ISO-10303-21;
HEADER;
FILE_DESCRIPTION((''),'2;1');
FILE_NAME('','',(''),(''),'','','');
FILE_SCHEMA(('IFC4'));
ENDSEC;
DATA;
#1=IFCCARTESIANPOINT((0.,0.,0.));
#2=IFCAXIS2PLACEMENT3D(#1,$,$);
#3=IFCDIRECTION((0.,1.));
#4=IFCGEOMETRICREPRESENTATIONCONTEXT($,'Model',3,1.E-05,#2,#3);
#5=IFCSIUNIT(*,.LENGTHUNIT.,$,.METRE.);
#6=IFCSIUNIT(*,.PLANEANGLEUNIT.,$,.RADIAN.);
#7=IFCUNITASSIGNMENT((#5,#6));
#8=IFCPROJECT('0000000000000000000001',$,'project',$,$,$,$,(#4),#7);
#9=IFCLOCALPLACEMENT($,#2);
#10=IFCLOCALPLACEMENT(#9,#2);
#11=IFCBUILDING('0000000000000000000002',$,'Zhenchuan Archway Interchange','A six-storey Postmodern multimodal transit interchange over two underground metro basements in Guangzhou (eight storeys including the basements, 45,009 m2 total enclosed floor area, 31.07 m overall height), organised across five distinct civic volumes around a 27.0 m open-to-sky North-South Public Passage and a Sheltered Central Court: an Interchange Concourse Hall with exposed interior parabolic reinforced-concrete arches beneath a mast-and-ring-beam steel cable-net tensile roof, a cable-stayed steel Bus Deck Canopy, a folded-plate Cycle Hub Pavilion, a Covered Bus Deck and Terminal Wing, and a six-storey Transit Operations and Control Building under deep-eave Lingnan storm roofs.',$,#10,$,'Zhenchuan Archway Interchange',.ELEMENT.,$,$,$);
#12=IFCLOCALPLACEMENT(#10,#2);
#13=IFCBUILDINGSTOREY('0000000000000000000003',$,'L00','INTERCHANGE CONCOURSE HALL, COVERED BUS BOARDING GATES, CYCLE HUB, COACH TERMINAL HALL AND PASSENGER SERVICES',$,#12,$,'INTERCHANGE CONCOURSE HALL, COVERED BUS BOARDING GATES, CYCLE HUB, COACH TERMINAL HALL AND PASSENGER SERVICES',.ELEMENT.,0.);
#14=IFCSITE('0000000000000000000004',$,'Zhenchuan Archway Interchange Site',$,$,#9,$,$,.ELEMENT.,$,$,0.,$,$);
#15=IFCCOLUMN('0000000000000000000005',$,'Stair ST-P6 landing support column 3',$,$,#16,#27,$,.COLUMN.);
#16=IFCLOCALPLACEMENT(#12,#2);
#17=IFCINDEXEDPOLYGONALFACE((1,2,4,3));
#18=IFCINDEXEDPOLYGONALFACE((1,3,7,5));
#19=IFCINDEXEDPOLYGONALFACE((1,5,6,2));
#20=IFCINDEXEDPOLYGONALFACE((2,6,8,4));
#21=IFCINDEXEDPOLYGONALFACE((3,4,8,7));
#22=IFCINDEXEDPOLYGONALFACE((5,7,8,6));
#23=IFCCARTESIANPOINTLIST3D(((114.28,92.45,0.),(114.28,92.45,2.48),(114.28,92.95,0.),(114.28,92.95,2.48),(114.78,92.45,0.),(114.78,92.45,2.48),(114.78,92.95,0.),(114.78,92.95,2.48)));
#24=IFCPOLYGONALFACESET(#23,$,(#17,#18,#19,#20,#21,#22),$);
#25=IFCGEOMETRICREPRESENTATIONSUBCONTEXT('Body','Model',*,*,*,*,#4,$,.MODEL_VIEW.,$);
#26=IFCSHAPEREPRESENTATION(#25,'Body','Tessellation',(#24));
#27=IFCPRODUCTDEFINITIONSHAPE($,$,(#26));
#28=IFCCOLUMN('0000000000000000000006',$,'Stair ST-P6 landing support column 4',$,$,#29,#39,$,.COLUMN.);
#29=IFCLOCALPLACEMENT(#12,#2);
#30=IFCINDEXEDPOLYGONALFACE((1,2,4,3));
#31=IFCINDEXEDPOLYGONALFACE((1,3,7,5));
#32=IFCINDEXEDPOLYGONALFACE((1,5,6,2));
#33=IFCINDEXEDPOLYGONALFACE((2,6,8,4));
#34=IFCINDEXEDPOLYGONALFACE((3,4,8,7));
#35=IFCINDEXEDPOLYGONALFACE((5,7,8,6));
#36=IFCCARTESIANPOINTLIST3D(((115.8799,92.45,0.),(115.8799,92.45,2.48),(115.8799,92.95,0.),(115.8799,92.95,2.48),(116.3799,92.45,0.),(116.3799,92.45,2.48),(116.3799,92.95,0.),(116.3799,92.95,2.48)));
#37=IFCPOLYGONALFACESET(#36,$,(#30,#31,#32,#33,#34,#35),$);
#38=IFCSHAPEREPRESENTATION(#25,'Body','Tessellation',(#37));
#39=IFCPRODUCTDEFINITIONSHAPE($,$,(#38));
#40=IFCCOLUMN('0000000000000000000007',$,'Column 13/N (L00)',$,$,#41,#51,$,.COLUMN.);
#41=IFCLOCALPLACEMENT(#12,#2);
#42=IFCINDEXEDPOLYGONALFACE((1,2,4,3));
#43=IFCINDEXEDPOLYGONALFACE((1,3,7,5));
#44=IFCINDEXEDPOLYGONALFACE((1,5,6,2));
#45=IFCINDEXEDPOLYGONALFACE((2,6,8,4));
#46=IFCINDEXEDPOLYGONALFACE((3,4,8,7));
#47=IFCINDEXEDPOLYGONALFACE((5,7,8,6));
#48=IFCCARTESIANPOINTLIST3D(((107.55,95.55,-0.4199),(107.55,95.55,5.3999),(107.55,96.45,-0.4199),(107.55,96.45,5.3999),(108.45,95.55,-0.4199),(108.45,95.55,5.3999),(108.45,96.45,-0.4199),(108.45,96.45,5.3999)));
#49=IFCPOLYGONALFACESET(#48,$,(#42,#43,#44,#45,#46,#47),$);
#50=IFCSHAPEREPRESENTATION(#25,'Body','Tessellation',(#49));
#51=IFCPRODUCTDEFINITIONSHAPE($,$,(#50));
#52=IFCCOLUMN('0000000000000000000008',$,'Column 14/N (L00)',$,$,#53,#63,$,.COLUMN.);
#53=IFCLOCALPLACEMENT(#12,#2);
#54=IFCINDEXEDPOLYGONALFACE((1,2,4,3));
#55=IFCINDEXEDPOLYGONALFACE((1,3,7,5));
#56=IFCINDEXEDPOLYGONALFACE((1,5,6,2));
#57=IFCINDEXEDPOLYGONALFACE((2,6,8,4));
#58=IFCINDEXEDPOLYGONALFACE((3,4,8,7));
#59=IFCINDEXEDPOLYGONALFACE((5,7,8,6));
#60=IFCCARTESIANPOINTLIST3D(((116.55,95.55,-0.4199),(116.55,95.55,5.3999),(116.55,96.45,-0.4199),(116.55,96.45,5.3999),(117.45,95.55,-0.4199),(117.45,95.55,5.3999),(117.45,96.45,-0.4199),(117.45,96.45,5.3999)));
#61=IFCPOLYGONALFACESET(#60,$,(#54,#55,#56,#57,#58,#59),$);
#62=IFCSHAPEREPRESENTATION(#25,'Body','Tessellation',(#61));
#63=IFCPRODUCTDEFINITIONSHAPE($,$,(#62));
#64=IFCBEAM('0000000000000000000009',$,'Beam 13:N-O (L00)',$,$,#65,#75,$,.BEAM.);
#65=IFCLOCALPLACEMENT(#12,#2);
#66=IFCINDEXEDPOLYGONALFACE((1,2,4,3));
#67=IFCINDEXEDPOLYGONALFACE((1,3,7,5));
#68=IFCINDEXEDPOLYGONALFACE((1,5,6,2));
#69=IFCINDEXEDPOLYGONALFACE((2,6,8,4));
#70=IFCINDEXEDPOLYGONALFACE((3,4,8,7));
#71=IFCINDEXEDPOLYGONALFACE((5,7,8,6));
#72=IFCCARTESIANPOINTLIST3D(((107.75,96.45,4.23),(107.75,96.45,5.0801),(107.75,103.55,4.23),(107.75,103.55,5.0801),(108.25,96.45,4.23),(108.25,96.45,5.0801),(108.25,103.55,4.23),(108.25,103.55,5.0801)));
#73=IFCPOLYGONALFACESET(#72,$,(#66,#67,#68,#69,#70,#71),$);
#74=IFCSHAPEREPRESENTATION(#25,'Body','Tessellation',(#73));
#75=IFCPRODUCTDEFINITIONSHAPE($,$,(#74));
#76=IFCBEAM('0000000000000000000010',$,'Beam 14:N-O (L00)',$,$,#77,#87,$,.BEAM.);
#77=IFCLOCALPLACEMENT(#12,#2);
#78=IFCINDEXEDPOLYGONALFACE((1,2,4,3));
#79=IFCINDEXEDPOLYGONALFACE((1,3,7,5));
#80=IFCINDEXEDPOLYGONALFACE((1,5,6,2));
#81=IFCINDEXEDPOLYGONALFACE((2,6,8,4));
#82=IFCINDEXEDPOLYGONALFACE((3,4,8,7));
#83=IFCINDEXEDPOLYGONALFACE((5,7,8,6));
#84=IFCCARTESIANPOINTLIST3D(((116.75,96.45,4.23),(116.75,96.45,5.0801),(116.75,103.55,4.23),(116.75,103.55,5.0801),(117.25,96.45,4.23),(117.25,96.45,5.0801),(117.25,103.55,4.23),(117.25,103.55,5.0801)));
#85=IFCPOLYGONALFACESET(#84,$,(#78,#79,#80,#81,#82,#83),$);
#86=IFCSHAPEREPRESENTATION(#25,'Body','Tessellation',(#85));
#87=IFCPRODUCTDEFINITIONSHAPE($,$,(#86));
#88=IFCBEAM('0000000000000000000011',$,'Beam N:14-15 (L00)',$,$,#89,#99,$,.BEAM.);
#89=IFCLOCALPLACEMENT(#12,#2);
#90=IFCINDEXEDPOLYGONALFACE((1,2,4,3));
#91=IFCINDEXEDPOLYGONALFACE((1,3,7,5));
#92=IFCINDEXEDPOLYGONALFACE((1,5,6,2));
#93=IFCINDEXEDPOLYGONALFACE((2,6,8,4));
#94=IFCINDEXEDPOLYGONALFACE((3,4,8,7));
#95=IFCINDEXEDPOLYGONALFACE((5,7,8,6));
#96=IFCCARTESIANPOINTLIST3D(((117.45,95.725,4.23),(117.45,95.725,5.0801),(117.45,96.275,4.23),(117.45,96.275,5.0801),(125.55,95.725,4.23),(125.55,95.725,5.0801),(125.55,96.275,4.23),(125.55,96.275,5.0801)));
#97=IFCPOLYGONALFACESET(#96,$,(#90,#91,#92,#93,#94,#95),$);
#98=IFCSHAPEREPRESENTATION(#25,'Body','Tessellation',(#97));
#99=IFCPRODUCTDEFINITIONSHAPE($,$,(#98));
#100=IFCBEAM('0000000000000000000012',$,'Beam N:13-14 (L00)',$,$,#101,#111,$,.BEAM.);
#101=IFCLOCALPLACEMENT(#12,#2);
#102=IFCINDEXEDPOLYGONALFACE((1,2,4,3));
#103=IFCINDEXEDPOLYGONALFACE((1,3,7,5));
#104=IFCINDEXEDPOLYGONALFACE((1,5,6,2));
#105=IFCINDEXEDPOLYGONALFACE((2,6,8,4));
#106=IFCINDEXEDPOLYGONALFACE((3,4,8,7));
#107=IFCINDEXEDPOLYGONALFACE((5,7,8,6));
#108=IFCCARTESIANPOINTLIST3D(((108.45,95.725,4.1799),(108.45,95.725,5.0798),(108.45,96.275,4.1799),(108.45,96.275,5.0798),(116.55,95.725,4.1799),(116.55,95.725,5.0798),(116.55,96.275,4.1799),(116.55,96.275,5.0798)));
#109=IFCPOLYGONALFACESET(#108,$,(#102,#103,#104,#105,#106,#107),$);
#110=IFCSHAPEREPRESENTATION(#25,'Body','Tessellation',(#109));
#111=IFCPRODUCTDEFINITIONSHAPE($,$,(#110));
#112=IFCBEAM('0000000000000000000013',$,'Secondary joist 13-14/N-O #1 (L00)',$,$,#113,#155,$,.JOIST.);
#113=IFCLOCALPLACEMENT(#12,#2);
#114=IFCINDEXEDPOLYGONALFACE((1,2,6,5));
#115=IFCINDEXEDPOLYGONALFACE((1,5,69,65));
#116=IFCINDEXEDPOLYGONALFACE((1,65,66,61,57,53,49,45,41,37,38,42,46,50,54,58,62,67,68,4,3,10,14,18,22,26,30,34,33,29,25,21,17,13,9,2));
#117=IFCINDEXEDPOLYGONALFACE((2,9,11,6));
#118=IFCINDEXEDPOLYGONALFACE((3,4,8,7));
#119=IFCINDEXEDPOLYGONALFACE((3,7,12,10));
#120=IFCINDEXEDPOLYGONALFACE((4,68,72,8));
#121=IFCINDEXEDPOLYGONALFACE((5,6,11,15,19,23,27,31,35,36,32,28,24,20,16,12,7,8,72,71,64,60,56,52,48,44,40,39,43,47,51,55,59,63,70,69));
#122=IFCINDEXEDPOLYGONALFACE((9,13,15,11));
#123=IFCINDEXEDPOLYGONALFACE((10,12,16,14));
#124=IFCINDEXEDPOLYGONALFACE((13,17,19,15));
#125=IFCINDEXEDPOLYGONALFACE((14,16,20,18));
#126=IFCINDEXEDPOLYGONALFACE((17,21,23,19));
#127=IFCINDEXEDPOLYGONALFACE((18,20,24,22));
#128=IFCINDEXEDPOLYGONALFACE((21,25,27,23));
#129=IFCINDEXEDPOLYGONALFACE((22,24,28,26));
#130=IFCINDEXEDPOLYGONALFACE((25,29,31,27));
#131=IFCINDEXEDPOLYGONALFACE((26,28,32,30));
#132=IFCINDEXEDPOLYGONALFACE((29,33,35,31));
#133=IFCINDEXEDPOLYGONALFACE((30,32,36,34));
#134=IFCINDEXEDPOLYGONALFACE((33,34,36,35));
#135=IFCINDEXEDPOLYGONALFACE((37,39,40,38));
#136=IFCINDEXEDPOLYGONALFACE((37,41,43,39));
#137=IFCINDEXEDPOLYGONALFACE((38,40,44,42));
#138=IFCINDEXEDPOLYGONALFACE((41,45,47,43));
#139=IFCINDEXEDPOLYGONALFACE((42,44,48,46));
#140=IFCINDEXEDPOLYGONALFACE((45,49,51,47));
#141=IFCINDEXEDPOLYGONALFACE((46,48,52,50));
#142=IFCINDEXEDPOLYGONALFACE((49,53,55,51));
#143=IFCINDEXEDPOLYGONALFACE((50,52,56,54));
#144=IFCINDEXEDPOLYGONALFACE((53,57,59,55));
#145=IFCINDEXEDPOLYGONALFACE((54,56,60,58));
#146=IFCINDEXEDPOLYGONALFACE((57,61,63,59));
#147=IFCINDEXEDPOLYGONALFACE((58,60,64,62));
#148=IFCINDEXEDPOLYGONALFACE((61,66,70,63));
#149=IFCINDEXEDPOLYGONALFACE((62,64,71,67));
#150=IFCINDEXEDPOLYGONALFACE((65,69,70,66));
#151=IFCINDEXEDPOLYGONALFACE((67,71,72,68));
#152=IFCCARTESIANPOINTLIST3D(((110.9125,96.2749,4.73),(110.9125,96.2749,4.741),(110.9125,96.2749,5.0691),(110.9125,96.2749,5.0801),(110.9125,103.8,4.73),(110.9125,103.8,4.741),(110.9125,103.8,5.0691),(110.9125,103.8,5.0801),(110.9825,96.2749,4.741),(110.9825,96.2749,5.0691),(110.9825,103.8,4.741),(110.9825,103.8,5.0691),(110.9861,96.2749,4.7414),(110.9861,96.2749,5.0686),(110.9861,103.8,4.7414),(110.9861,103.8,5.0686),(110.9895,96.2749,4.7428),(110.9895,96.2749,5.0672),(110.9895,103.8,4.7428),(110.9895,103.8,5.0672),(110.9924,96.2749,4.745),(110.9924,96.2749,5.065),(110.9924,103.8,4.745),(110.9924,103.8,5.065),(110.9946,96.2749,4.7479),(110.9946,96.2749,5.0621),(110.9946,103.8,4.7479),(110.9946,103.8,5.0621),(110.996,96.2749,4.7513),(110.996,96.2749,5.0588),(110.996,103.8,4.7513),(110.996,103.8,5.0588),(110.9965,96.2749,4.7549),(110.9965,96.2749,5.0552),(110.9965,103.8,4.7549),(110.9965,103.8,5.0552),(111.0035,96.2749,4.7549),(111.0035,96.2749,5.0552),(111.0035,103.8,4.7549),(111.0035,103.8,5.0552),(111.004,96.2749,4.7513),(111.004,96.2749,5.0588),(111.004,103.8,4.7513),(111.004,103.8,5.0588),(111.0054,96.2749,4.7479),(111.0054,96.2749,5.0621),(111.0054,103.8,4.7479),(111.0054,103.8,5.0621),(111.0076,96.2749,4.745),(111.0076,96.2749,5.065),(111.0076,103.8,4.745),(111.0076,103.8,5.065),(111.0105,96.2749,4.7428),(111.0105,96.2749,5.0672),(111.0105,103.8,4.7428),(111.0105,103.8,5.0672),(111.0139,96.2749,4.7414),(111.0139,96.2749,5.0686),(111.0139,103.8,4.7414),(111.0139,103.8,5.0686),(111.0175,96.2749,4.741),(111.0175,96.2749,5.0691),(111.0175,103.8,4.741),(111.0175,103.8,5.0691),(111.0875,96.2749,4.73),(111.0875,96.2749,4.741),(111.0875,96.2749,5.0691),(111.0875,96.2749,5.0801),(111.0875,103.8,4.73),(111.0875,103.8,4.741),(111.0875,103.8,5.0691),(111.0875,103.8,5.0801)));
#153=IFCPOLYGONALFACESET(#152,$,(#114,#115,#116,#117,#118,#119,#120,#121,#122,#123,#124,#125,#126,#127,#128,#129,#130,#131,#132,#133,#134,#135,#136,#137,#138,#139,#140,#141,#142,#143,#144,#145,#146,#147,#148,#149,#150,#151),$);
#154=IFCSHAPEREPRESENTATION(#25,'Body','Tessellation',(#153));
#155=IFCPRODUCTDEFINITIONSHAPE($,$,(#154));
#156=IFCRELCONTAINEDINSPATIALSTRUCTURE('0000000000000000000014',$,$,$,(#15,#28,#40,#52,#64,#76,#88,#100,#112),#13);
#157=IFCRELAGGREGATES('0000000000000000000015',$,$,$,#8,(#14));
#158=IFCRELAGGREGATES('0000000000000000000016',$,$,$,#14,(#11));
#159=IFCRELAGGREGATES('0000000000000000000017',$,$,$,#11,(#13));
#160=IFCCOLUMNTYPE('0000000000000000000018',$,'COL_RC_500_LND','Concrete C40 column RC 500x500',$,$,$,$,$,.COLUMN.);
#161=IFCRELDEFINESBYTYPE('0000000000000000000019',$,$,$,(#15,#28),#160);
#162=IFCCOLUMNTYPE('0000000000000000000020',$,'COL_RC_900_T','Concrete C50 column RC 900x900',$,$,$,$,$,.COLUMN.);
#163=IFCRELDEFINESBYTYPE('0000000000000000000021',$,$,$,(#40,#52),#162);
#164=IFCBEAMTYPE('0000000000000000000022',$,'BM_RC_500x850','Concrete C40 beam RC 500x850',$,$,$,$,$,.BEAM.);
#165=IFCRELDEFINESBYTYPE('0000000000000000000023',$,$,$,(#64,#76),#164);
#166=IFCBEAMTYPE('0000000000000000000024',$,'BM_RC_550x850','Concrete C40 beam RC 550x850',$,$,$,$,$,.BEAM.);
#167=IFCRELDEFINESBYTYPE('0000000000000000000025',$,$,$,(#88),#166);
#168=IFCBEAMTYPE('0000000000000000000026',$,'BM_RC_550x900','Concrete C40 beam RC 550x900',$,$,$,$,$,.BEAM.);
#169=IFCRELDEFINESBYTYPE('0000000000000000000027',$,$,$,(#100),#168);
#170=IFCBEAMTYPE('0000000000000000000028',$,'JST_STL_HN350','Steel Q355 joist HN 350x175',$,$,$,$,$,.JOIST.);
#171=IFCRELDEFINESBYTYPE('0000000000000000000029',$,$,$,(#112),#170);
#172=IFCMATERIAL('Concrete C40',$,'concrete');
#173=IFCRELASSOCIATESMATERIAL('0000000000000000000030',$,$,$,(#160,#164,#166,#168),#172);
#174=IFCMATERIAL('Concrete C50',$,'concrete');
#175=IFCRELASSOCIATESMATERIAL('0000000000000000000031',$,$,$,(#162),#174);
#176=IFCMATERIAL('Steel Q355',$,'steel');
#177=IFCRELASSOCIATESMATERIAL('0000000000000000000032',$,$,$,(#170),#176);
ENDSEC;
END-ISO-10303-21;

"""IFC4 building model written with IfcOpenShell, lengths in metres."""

from ifc_helpers import new_model, si_unit, direction, frame, origin, origin_2d, place, context, subcontext, project, spatial, rectangle, i_section, extrude, material, material_profile, profile_set, type_object, element, save


model = new_model("IFC4")

# Units and contexts
model_context = context("Model", 3, precision=1e-05, world=origin(), true_north=direction((0.0, 1.0)))
body_context = subcontext(model_context, "Body", "Model", "MODEL_VIEW")
ifc_project = project(units=[si_unit("LENGTHUNIT", "METRE"), si_unit("PLANEANGLEUNIT", "RADIAN")], contexts=[model_context])

# Site, building, storey
site_placement = place(None, origin())
site = spatial("IfcSite", under=ifc_project, at=site_placement, Name="Zhenchuan Archway Interchange Site", CompositionType="ELEMENT", RefElevation=0.0)
building_placement = place(site_placement, origin())
building = spatial("IfcBuilding", under=site, at=building_placement, Name="Zhenchuan Archway Interchange", Description="A six-storey Postmodern multimodal transit interchange over two underground metro basements in Guangzhou (eight storeys including the basements, 45,009 m2 total enclosed floor area, 31.07 m overall height), organised across five distinct civic volumes around a 27.0 m open-to-sky North-South Public Passage and a Sheltered Central Court: an Interchange Concourse Hall with exposed interior parabolic reinforced-concrete arches beneath a mast-and-ring-beam steel cable-net tensile roof, a cable-stayed steel Bus Deck Canopy, a folded-plate Cycle Hub Pavilion, a Covered Bus Deck and Terminal Wing, and a six-storey Transit Operations and Control Building under deep-eave Lingnan storm roofs.", LongName="Zhenchuan Archway Interchange", CompositionType="ELEMENT")
storey_placement = place(building_placement, origin())
storey = spatial("IfcBuildingStorey", under=building, at=storey_placement, Name="L00", Description="INTERCHANGE CONCOURSE HALL, COVERED BUS BOARDING GATES, CYCLE HUB, COACH TERMINAL HALL AND PASSENGER SERVICES", LongName="INTERCHANGE CONCOURSE HALL, COVERED BUS BOARDING GATES, CYCLE HUB, COACH TERMINAL HALL AND PASSENGER SERVICES", CompositionType="ELEMENT", Elevation=0.0)

# Shared definitions
ifc_material_1 = material(Name="Concrete C40", Category="concrete")

# Columns
ifc_material_profile_1 = material_profile(ifc_material_1, rectangle(XDim=0.5, YDim=0.5, at=origin_2d()), Name="RC 500x500")
ifc_profile_set_1 = profile_set([ifc_material_profile_1], Name="Concrete C40")
column_type_1 = type_object("IfcColumnType", Name="COL_RC_500_LND", Description="Concrete C40 column RC 500x500", PredefinedType="COLUMN", material=ifc_profile_set_1)
for number, where, z_axis, x_axis, name in (
    (1, (114.53, 92.7, 0.0), (0.0, 0.0, 1.0), (1.0, 0.0, 0.0), "Stair ST-P6 landing support column 3"),
    (2, (116.1299, 92.7, 0.0), (0.0, 0.0, 1.0), (1.0, 0.0, 0.0), "Stair ST-P6 landing support column 4"),
):
    element("IfcColumn", number, at=place(storey_placement, frame(where, z_axis=z_axis, x_axis=x_axis)), inside=storey, type_object=column_type_1, Name=name, PredefinedType="COLUMN", context=body_context, shape_type="SweptSolid", body=[
        extrude(rectangle(XDim=0.5, YDim=0.5, at=origin_2d()), origin(), (0.0, 0.0, 1.0), 2.48),
    ])
ifc_material_2 = material(Name="Concrete C50", Category="concrete")
ifc_material_profile_2 = material_profile(ifc_material_2, rectangle(XDim=0.8999, YDim=0.8999, at=origin_2d()), Name="RC 900x900")
ifc_profile_set_2 = profile_set([ifc_material_profile_2], Name="Concrete C50")
column_type_2 = type_object("IfcColumnType", Name="COL_RC_900_T", Description="Concrete C50 column RC 900x900", PredefinedType="COLUMN", material=ifc_profile_set_2)
for number, where, z_axis, x_axis, name in (
    (3, (108.0, 96.0, -0.4199), (0.0, 0.0, 1.0), (1.0, 0.0, 0.0), "Column 13/N (L00)"),
    (4, (117.0, 96.0, -0.4199), (0.0, 0.0, 1.0), (1.0, 0.0, 0.0), "Column 14/N (L00)"),
):
    element("IfcColumn", number, at=place(storey_placement, frame(where, z_axis=z_axis, x_axis=x_axis)), inside=storey, type_object=column_type_2, Name=name, PredefinedType="COLUMN", context=body_context, shape_type="SweptSolid", body=[
        extrude(rectangle(XDim=0.8999, YDim=0.8999, at=origin_2d()), origin(), (0.0, 0.0, 1.0), 5.8198),
    ])

# Beams
ifc_material_profile_3 = material_profile(ifc_material_1, rectangle(XDim=0.5, YDim=0.8501, at=origin_2d()), Name="RC 500x850")
ifc_profile_set_3 = profile_set([ifc_material_profile_3], Name="Concrete C40")
beam_type_1 = type_object("IfcBeamType", Name="BM_RC_500x850", Description="Concrete C40 beam RC 500x850", PredefinedType="BEAM", material=ifc_profile_set_3)
for number, where, z_axis, x_axis, name in (
    (5, (108.0, 96.45, 4.655), (0.0, 1.0, 0.0), (-1.0, 0.0, 0.0), "Beam 13:N-O (L00)"),
    (6, (117.0, 96.45, 4.655), (0.0, 1.0, 0.0), (-1.0, 0.0, 0.0), "Beam 14:N-O (L00)"),
):
    element("IfcBeam", number, at=place(storey_placement, frame(where, z_axis=z_axis, x_axis=x_axis)), inside=storey, type_object=beam_type_1, Name=name, PredefinedType="BEAM", context=body_context, shape_type="SweptSolid", body=[
        extrude(rectangle(XDim=0.5, YDim=0.8501, at=origin_2d()), origin(), (0.0, 0.0, 1.0), 7.1001),
    ])
ifc_material_profile_4 = material_profile(ifc_material_1, rectangle(XDim=0.55, YDim=0.8501, at=origin_2d()), Name="RC 550x850")
ifc_profile_set_4 = profile_set([ifc_material_profile_4], Name="Concrete C40")
beam_type_2 = type_object("IfcBeamType", Name="BM_RC_550x850", Description="Concrete C40 beam RC 550x850", PredefinedType="BEAM", material=ifc_profile_set_4)
beam_1_placement = place(storey_placement, frame((117.45, 96.0, 4.655), z_axis=(1.0, 0.0, 0.0), x_axis=(0.0, 1.0, 0.0)))
element("IfcBeam", 7, at=beam_1_placement, inside=storey, type_object=beam_type_2, Name="Beam N:14-15 (L00)", PredefinedType="BEAM", context=body_context, shape_type="SweptSolid", body=[
    extrude(rectangle(XDim=0.55, YDim=0.8501, at=origin_2d()), origin(), (0.0, 0.0, 1.0), 8.1001),
])
ifc_material_profile_5 = material_profile(ifc_material_1, rectangle(XDim=0.55, YDim=0.8999, at=origin_2d()), Name="RC 550x900")
ifc_profile_set_5 = profile_set([ifc_material_profile_5], Name="Concrete C40")
beam_type_3 = type_object("IfcBeamType", Name="BM_RC_550x900", Description="Concrete C40 beam RC 550x900", PredefinedType="BEAM", material=ifc_profile_set_5)
beam_2_placement = place(storey_placement, frame((108.45, 96.0, 4.6299), z_axis=(1.0, 0.0, 0.0), x_axis=(0.0, 1.0, 0.0)))
element("IfcBeam", 8, at=beam_2_placement, inside=storey, type_object=beam_type_3, Name="Beam N:13-14 (L00)", PredefinedType="BEAM", context=body_context, shape_type="SweptSolid", body=[
    extrude(rectangle(XDim=0.55, YDim=0.8999, at=origin_2d()), origin(), (0.0, 0.0, 1.0), 8.1001),
])
ifc_material_3 = material(Name="Steel Q355", Category="steel")
ifc_material_profile_6 = material_profile(ifc_material_3, i_section(OverallWidth=0.175, OverallDepth=0.3501, WebThickness=0.0071, FlangeThickness=0.011, FilletRadius=0.0139, at=origin_2d()), Name="HN 350x175")
ifc_profile_set_6 = profile_set([ifc_material_profile_6], Name="Steel Q355")
beam_type_4 = type_object("IfcBeamType", Name="JST_STL_HN350", Description="Steel Q355 joist HN 350x175", PredefinedType="JOIST", material=ifc_profile_set_6)
for number, where, z_axis, x_axis, name in (
    (9, (111.0, 96.2749, 4.905), (0.0, 1.0, 0.0), (-1.0, 0.0, 0.0), "Secondary joist 13-14/N-O #1 (L00)"),
):
    element("IfcBeam", number, at=place(storey_placement, frame(where, z_axis=z_axis, x_axis=x_axis)), inside=storey, type_object=beam_type_4, Name=name, PredefinedType="JOIST", context=body_context, shape_type="SweptSolid", body=[
        extrude(i_section(OverallWidth=0.175, OverallDepth=0.3501, WebThickness=0.0071, FlangeThickness=0.011, FilletRadius=0.0139, at=origin_2d()), origin(), (0.0, 0.0, 1.0), 7.5251),
    ])

save(model, "model.ifc")
